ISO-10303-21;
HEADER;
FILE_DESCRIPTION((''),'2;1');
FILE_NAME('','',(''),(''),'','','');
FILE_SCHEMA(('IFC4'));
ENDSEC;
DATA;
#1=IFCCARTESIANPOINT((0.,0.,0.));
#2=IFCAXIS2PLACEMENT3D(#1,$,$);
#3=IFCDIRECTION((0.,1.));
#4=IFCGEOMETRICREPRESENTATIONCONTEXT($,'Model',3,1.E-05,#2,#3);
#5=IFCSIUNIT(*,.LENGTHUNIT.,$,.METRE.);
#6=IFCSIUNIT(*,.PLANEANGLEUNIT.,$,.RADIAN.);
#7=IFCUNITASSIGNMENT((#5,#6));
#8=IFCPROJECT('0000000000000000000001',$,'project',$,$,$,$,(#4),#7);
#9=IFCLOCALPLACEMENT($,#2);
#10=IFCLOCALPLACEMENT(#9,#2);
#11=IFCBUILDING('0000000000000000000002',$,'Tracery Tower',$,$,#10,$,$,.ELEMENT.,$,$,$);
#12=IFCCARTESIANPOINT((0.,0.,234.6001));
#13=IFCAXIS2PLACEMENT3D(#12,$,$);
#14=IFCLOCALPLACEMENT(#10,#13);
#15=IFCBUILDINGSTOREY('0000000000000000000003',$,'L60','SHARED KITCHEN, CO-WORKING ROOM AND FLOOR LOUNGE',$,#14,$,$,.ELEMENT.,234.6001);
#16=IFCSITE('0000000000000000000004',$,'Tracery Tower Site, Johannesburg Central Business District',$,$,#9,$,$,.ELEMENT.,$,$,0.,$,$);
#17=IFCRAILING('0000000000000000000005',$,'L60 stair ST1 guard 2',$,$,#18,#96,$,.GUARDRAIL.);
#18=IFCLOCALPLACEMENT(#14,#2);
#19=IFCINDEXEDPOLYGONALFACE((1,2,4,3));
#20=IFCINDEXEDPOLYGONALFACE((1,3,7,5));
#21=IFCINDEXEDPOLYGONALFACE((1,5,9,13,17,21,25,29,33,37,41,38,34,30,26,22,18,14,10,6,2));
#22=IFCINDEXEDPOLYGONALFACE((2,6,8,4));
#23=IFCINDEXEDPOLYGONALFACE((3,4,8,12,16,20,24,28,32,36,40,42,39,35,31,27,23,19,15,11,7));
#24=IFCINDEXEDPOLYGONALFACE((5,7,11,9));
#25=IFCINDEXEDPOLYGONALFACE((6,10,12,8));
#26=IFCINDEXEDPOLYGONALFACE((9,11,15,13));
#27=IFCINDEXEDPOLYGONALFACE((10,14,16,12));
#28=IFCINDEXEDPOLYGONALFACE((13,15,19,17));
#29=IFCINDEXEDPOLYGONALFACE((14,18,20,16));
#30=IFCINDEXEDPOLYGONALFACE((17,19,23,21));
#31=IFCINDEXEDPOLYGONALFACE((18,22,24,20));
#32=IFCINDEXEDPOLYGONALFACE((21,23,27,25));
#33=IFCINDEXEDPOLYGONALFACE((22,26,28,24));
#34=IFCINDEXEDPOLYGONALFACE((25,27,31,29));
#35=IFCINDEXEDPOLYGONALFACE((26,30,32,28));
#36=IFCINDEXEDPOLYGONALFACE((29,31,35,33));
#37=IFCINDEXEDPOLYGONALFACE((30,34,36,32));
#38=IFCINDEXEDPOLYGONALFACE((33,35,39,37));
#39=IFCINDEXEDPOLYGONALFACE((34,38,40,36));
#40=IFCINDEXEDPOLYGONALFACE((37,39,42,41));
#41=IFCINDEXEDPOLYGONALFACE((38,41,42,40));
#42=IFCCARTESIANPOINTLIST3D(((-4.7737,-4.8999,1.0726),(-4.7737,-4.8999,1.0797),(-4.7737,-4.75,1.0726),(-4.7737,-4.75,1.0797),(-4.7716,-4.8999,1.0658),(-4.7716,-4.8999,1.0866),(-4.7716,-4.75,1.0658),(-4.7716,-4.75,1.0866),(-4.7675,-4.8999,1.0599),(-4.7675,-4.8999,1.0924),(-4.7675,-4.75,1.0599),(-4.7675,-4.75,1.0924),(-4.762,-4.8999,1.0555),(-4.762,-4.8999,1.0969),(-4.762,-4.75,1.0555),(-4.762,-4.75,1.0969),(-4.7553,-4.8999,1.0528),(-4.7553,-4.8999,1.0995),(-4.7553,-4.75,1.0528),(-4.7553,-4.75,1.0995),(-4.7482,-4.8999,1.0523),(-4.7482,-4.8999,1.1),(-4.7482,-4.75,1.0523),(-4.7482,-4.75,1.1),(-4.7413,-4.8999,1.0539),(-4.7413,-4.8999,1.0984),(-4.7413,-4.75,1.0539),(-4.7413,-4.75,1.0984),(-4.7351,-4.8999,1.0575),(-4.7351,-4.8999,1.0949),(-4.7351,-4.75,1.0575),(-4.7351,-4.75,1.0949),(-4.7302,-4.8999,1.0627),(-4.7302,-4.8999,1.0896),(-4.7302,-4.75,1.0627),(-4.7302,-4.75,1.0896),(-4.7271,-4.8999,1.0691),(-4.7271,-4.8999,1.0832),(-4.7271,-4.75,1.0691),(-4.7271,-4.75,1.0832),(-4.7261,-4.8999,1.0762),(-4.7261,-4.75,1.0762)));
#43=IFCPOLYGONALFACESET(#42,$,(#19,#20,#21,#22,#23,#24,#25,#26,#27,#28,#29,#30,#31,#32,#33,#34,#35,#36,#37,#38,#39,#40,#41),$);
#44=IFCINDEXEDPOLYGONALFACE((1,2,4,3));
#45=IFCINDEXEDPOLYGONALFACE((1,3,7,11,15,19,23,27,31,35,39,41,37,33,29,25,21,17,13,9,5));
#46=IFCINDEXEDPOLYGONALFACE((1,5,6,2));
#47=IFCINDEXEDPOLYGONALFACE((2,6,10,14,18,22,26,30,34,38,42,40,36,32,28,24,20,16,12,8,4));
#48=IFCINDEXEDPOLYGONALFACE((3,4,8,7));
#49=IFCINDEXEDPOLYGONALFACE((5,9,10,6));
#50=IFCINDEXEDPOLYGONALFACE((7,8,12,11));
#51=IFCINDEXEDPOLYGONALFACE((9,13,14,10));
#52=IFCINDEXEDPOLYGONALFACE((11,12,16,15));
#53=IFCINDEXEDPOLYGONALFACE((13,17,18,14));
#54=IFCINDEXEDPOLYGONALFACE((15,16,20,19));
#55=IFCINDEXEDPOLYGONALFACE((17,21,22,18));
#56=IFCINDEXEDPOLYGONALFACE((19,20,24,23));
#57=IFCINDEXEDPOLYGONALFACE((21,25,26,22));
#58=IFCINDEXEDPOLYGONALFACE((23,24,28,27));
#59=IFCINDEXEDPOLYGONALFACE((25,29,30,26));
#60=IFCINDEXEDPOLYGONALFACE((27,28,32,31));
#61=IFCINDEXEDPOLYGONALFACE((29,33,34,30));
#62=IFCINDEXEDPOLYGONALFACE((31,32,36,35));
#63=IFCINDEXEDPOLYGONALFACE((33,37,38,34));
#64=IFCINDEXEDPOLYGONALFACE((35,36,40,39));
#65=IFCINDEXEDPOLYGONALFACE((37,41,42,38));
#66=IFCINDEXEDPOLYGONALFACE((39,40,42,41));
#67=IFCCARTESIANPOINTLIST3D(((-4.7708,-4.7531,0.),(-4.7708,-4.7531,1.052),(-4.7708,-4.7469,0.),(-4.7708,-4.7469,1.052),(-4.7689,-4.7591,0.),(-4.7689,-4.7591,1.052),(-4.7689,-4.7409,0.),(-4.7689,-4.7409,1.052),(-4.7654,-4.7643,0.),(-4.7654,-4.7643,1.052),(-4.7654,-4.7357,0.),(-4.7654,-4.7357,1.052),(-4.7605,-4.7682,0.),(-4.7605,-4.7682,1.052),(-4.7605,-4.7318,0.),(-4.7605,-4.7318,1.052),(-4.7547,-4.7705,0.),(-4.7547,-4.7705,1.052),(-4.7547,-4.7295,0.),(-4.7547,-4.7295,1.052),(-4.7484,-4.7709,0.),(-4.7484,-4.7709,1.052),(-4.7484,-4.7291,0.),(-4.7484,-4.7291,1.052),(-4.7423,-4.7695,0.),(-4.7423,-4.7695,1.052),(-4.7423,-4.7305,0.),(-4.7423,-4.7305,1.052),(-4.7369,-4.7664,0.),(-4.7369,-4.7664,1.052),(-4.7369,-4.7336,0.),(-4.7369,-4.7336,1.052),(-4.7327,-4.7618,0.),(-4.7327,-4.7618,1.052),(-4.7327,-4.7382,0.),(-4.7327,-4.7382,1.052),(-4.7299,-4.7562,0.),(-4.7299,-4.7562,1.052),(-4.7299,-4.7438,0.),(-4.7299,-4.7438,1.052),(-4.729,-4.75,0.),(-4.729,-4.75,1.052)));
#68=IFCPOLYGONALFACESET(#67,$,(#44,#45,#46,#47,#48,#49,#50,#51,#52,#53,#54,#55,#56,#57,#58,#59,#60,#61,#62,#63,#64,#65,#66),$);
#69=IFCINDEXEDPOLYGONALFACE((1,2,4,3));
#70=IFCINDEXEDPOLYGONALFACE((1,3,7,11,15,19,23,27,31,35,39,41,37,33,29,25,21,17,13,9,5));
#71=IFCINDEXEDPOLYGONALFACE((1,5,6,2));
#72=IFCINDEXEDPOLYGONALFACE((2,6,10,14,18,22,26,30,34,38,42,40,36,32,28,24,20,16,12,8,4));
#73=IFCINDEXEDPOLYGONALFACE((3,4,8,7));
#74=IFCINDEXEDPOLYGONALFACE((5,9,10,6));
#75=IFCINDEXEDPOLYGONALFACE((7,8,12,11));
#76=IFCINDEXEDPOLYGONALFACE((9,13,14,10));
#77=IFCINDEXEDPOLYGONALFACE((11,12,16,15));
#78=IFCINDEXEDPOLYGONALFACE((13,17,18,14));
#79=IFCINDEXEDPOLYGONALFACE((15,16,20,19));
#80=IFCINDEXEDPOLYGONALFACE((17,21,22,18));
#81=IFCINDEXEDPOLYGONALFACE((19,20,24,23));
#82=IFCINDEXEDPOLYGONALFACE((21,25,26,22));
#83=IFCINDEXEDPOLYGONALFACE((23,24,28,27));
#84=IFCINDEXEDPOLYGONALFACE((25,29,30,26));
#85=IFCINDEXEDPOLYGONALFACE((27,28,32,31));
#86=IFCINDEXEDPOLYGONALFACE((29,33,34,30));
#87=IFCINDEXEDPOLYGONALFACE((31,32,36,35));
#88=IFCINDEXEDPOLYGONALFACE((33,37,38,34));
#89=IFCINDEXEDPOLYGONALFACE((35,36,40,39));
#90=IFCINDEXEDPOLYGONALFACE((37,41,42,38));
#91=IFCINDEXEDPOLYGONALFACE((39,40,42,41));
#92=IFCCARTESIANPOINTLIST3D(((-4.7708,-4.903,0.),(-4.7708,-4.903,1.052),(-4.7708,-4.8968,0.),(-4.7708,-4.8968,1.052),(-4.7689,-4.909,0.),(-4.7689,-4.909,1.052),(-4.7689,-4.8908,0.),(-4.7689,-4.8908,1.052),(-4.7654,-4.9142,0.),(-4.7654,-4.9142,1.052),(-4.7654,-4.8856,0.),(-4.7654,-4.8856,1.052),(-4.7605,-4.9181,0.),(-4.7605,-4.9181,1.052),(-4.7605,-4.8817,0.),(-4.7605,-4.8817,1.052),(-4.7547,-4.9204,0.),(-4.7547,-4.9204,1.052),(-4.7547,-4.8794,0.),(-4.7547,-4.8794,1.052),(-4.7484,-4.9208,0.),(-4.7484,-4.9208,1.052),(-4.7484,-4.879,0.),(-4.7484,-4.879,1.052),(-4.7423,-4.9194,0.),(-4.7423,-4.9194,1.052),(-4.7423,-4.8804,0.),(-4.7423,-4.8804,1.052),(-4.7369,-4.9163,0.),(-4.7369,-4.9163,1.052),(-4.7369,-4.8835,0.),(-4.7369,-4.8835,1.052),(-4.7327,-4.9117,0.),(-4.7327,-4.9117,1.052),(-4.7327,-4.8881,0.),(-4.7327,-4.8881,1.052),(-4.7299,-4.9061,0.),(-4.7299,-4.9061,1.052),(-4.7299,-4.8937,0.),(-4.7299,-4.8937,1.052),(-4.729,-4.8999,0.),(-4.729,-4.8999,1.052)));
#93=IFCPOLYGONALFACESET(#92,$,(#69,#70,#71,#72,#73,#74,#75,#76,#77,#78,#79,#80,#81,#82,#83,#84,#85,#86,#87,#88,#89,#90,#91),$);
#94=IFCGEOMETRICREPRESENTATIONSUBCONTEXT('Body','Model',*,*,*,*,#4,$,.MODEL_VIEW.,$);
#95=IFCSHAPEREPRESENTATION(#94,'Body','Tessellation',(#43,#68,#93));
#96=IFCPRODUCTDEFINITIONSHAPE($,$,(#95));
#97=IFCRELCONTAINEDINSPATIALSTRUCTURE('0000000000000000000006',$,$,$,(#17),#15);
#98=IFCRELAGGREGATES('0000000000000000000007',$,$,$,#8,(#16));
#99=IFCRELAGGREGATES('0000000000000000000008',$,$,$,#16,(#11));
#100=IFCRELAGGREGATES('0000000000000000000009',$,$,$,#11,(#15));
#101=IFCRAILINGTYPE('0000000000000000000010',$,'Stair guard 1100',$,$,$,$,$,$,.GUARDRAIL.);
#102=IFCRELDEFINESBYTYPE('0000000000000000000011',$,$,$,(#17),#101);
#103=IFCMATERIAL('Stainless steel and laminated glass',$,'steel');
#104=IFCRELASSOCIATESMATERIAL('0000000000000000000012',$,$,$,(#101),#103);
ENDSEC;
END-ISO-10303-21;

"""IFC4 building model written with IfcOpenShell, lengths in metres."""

from ifc_helpers import new_model, si_unit, direction, frame, origin, origin_2d, place, context, subcontext, project, spatial, circle, extrude, material, type_object, element, save


model = new_model("IFC4")

# Units and contexts
model_context = context("Model", 3, precision=1e-05, world=origin(), true_north=direction((0.0, 1.0)))
body_context = subcontext(model_context, "Body", "Model", "MODEL_VIEW")
ifc_project = project(units=[si_unit("LENGTHUNIT", "METRE"), si_unit("PLANEANGLEUNIT", "RADIAN")], contexts=[model_context])

# Site, building, storey
site_placement = place(None, origin())
site = spatial("IfcSite", under=ifc_project, at=site_placement, Name="Tracery Tower Site, Johannesburg Central Business District", CompositionType="ELEMENT", RefElevation=0.0)
building_placement = place(site_placement, origin())
building = spatial("IfcBuilding", under=site, at=building_placement, Name="Tracery Tower", CompositionType="ELEMENT")
storey_placement = place(building_placement, frame((0.0, 0.0, 234.6001)))
storey = spatial("IfcBuildingStorey", under=building, at=storey_placement, Name="L60", Description="SHARED KITCHEN, CO-WORKING ROOM AND FLOOR LOUNGE", CompositionType="ELEMENT", Elevation=234.6001)

# Railing
ifc_material_1 = material(Name="Stainless steel and laminated glass", Category="steel")
railing_type_1 = type_object("IfcRailingType", Name="Stair guard 1100", PredefinedType="GUARDRAIL", material=ifc_material_1)
railing_1_placement = place(storey_placement, frame((-4.75, -4.75, 0.0)))
element("IfcRailing", 1, at=railing_1_placement, inside=storey, type_object=railing_type_1, Name="L60 stair ST1 guard 2", PredefinedType="GUARDRAIL", context=body_context, shape_type="SweptSolid", body=[
    extrude(circle(Radius=0.0239, at=origin_2d()), frame((0.0, 0.0, 1.0762), z_axis=(0.0, -1.0, 0.0), x_axis=(1.0, 0.0, 0.0)), (0.0, 0.0, 1.0), 0.1499),
    extrude(circle(Radius=0.021, at=origin_2d()), origin(), (0.0, 0.0, 1.0), 1.052),
    extrude(circle(Radius=0.021, at=origin_2d()), frame((0.0, -0.1499, 0.0)), (0.0, 0.0, 1.0), 1.052),
])

save(model, "model.ifc")
